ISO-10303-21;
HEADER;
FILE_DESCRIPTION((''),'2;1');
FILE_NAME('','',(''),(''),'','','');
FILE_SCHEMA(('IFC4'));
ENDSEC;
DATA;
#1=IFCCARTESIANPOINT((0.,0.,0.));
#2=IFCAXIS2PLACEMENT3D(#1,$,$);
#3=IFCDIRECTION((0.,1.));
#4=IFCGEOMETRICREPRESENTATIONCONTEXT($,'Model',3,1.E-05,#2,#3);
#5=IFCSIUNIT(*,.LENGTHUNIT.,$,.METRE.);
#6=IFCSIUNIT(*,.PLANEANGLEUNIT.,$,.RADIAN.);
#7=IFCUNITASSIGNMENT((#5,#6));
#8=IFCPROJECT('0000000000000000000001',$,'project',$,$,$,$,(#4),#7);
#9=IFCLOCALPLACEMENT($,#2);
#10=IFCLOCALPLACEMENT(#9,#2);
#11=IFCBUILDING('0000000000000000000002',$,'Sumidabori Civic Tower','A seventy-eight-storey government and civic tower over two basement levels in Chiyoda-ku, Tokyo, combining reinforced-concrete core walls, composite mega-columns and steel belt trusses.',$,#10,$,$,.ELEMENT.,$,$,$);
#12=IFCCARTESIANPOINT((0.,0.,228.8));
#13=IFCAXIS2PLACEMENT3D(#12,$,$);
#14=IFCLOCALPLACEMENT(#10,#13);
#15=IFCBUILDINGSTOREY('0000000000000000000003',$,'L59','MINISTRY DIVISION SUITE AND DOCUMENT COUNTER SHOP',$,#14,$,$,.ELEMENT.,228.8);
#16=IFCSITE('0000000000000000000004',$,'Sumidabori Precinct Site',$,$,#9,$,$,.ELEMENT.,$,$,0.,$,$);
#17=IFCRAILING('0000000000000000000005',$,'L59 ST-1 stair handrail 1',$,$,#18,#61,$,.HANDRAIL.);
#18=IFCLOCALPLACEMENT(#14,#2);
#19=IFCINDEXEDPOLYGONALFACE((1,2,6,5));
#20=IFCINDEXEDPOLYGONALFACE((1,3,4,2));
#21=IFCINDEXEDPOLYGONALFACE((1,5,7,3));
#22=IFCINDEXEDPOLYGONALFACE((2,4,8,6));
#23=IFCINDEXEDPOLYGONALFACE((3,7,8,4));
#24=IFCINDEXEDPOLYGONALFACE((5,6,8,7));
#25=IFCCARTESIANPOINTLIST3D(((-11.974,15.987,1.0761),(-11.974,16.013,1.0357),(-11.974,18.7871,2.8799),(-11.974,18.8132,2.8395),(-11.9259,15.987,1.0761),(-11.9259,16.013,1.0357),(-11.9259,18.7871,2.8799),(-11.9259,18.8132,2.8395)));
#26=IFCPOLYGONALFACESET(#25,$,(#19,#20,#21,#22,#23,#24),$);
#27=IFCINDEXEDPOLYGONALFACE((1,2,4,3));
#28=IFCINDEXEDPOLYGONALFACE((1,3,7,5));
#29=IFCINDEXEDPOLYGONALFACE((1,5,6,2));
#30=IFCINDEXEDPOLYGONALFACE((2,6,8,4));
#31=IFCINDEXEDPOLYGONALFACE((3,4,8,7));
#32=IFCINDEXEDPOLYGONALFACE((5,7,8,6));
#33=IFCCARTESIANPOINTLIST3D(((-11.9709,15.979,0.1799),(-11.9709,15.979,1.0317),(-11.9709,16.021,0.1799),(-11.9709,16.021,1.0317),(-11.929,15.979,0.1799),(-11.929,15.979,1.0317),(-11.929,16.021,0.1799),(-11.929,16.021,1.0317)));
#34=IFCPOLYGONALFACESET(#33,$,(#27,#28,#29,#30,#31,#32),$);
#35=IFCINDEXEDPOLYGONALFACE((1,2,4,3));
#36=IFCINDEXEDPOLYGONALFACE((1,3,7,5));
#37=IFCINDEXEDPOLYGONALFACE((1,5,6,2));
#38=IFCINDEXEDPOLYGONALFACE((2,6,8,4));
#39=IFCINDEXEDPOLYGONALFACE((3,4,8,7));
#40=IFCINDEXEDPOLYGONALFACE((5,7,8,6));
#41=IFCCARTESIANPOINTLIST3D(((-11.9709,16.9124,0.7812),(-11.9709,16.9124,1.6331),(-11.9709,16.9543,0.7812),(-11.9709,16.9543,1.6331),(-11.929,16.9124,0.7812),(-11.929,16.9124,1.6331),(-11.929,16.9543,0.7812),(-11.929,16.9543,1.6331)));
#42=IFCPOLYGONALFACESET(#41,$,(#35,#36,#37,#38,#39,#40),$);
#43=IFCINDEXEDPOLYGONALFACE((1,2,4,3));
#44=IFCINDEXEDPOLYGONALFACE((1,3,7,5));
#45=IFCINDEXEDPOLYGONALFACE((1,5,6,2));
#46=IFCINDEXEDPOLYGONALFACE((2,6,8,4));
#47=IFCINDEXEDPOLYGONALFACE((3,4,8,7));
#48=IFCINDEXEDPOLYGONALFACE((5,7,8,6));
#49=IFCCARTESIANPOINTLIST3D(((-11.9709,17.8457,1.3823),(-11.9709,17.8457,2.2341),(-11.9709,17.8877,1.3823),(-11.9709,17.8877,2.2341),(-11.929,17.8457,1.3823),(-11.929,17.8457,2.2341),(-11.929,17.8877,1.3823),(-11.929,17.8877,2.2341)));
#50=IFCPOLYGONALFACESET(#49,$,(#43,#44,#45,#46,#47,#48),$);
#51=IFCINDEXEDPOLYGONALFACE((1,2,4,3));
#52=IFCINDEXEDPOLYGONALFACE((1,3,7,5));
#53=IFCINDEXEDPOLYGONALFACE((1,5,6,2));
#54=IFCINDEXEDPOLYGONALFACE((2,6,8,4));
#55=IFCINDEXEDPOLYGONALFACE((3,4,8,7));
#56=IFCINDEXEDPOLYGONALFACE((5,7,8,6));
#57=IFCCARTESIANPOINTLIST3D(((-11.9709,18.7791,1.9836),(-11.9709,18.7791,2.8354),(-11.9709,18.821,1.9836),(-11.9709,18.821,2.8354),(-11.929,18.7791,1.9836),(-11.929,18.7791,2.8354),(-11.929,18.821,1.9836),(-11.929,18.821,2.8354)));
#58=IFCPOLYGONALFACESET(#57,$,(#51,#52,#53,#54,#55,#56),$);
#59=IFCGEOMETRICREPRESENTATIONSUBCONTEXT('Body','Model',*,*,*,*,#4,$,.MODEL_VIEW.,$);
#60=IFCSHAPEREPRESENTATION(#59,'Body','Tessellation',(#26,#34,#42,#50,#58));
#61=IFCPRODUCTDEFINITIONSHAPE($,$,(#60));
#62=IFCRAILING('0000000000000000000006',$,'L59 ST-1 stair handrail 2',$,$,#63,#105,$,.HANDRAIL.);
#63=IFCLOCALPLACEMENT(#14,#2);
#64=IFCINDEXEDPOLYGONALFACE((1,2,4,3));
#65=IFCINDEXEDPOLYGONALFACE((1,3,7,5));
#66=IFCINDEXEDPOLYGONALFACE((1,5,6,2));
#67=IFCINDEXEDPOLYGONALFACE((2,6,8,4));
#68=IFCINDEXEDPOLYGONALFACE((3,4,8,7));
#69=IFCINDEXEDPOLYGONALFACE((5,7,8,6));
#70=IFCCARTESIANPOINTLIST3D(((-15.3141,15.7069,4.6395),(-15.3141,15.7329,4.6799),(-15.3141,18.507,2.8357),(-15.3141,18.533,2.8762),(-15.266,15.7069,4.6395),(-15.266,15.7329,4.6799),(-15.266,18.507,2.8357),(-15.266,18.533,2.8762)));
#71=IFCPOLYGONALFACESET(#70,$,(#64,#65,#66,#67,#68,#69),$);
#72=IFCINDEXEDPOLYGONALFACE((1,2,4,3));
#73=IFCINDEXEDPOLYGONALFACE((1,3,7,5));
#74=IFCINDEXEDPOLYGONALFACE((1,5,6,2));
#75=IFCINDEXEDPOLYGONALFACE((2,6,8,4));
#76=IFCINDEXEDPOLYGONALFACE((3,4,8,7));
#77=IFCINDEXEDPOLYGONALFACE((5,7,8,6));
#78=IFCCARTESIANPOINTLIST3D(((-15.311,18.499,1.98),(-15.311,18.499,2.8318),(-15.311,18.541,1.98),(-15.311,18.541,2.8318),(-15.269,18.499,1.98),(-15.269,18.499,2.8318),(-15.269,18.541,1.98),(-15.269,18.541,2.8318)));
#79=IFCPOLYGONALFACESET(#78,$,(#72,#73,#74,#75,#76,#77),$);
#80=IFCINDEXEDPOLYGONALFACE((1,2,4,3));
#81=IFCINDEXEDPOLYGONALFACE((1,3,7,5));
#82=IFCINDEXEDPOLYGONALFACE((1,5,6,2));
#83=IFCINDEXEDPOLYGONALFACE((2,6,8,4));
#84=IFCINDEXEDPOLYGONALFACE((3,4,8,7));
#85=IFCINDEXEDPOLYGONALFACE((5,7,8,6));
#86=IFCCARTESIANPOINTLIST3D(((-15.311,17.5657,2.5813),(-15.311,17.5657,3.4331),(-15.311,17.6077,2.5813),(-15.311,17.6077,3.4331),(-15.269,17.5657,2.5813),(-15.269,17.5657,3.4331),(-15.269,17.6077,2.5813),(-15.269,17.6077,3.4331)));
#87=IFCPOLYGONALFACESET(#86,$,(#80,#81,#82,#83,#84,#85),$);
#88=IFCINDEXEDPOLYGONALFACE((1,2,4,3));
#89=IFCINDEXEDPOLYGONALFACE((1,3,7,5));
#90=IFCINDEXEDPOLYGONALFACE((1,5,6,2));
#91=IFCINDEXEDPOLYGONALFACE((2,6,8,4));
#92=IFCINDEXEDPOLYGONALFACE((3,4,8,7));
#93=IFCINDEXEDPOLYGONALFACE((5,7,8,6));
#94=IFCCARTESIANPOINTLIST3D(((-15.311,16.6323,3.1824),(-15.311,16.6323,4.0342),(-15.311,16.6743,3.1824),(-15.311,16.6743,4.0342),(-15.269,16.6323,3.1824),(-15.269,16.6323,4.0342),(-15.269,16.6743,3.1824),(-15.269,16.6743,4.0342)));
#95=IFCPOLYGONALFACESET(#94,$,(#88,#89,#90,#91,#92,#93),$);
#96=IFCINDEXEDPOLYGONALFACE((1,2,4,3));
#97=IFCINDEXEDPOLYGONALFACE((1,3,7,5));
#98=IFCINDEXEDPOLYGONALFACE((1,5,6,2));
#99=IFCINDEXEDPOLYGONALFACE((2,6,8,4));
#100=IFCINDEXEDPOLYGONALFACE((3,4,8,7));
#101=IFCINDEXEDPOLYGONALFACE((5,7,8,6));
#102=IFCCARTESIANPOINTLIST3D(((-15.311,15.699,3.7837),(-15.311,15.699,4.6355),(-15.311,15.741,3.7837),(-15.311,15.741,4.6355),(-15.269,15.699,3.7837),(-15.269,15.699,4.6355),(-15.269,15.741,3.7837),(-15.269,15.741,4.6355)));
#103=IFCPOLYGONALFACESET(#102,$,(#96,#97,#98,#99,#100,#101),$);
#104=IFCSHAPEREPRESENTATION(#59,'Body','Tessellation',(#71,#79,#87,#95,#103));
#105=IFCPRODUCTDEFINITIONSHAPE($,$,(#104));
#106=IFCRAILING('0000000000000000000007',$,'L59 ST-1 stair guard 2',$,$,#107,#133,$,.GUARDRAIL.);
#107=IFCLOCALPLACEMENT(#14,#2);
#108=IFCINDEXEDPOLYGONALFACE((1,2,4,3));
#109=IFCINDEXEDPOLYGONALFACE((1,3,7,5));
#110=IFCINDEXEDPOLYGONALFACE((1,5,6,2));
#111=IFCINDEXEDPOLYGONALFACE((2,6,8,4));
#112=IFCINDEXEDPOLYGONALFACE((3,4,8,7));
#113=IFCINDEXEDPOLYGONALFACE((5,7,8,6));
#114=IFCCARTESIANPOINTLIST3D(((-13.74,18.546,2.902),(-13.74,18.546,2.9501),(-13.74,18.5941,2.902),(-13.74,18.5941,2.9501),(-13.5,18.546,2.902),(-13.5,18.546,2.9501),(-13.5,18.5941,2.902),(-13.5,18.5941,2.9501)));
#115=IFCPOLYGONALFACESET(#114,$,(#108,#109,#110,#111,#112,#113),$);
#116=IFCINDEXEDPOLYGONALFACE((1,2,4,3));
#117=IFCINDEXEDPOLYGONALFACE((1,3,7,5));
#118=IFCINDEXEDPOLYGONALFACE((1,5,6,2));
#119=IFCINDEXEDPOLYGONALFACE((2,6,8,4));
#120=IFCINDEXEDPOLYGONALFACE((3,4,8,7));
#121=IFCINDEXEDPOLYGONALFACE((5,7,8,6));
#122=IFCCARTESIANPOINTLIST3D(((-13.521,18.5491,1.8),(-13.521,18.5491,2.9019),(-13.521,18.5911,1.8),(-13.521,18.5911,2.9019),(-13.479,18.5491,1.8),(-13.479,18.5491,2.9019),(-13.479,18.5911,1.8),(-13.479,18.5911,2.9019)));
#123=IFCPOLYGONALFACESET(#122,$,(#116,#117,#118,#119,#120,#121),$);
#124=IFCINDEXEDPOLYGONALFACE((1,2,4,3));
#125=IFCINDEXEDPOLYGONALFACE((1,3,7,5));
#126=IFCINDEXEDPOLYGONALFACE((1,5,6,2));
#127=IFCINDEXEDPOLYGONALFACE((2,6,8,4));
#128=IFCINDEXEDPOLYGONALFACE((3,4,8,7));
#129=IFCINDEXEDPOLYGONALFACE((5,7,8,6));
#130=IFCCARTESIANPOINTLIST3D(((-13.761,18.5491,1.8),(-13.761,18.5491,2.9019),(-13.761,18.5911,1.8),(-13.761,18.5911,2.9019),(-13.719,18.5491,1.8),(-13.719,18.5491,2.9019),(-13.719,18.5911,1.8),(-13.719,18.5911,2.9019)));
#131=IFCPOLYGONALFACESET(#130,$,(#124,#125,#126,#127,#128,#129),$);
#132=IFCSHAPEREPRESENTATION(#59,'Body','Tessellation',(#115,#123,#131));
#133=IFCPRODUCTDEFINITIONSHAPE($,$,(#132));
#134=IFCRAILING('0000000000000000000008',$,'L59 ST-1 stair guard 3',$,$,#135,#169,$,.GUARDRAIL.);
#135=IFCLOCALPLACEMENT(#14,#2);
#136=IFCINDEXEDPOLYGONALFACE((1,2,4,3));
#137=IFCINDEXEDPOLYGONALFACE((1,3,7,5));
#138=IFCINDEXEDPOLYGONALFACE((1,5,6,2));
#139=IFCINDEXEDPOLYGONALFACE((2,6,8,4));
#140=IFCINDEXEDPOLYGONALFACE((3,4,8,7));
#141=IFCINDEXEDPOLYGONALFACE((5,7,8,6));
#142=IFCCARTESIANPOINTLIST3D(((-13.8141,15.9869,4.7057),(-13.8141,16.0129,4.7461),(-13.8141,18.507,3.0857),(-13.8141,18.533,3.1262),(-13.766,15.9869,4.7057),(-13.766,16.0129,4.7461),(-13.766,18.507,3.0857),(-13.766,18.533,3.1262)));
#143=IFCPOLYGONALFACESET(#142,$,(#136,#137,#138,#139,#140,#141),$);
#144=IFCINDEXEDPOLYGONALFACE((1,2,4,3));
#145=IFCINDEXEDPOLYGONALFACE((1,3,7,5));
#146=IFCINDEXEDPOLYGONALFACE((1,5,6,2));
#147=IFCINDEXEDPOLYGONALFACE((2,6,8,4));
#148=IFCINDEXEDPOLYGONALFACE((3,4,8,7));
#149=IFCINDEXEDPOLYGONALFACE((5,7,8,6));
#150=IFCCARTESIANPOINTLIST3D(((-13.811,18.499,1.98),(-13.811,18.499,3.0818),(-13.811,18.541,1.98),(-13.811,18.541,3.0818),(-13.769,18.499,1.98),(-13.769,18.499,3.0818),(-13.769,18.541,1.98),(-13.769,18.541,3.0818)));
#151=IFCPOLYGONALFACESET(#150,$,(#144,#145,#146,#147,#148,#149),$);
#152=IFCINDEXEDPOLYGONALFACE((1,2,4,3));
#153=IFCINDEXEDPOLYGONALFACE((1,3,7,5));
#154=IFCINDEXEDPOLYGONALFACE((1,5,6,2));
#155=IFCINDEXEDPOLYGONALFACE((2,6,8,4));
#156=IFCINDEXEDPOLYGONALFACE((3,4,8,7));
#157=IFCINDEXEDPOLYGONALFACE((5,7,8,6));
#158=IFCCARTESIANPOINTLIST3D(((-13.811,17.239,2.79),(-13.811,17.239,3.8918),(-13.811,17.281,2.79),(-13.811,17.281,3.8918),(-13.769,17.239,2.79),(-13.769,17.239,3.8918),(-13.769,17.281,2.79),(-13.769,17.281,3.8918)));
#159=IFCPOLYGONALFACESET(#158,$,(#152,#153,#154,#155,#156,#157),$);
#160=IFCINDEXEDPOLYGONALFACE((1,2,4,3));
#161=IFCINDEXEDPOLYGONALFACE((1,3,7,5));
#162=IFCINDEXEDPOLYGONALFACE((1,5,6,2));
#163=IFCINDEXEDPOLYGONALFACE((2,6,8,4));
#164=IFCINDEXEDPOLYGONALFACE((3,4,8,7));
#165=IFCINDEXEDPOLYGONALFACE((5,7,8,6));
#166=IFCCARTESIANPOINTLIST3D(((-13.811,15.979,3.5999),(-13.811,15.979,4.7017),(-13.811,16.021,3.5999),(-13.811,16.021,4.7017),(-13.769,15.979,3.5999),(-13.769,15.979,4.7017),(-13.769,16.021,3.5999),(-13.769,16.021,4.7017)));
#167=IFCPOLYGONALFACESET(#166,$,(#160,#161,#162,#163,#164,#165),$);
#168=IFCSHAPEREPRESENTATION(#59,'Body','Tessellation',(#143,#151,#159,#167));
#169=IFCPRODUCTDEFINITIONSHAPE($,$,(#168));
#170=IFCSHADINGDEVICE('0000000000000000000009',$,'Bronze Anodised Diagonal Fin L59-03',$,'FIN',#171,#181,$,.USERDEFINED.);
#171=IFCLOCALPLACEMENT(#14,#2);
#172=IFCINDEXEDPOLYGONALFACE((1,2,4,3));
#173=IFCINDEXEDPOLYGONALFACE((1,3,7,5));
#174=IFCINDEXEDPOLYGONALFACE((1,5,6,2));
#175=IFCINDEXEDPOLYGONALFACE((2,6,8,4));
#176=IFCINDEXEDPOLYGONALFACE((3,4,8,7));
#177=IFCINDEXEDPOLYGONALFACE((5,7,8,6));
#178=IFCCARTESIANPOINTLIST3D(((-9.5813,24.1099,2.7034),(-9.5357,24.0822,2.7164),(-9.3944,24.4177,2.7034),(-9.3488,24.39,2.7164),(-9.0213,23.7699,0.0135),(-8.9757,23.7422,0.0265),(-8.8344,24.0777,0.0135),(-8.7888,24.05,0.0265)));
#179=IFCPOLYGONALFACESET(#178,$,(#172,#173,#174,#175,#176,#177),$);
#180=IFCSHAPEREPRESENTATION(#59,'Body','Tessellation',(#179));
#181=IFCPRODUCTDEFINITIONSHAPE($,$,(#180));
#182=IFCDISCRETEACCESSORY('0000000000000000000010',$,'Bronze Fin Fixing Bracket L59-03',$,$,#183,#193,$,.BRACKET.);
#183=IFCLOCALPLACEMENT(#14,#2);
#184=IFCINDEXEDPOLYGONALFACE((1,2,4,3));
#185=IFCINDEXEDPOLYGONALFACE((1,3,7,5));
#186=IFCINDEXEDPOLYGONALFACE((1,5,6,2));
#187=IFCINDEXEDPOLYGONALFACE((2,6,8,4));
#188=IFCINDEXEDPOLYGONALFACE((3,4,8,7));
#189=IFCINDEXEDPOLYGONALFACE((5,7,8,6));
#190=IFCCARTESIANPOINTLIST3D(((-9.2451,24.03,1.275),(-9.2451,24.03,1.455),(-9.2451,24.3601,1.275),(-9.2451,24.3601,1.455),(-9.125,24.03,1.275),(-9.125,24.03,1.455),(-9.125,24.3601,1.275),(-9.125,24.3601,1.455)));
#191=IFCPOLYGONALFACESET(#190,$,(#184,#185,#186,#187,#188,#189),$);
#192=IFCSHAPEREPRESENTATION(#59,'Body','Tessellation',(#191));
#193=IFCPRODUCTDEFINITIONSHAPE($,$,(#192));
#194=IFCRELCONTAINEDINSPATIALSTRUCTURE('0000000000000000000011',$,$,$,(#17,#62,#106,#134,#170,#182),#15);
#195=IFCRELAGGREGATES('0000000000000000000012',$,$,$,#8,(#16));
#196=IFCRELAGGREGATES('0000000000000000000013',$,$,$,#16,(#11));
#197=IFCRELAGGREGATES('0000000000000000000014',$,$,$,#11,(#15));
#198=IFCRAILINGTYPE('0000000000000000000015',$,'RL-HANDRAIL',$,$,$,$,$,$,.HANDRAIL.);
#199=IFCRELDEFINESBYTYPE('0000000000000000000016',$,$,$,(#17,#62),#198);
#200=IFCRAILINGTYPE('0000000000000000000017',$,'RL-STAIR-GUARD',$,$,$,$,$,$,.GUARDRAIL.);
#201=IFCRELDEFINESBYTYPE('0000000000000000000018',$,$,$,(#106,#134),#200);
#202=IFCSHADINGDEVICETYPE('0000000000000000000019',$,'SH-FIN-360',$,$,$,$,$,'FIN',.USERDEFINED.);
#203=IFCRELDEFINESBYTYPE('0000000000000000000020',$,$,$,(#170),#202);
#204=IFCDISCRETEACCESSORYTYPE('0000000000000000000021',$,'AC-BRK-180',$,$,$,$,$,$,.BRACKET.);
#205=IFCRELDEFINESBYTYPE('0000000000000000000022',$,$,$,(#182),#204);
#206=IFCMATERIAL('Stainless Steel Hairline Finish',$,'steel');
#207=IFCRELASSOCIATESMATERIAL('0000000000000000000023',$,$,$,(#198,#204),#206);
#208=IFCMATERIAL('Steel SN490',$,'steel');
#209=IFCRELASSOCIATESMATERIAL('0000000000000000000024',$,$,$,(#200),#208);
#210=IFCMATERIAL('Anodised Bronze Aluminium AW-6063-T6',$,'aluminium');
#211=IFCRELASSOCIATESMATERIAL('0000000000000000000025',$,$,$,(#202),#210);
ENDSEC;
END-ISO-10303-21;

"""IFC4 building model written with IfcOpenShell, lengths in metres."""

from ifc_helpers import new_model, si_unit, direction, frame, origin, origin_2d, place, context, subcontext, project, spatial, rectangle, extrude, source, transform, mapped, material, material_profile, profile_set, type_object, element, save


model = new_model("IFC4")

# Units and contexts
model_context = context("Model", 3, precision=1e-05, world=origin(), true_north=direction((0.0, 1.0)))
body_context = subcontext(model_context, "Body", "Model", "MODEL_VIEW")
ifc_project = project(units=[si_unit("LENGTHUNIT", "METRE"), si_unit("PLANEANGLEUNIT", "RADIAN")], contexts=[model_context])

# Site, building, storey
site_placement = place(None, origin())
site = spatial("IfcSite", under=ifc_project, at=site_placement, Name="Sumidabori Precinct Site", CompositionType="ELEMENT", RefElevation=0.0)
building_placement = place(site_placement, origin())
building = spatial("IfcBuilding", under=site, at=building_placement, Name="Sumidabori Civic Tower", Description="A seventy-eight-storey government and civic tower over two basement levels in Chiyoda-ku, Tokyo, combining reinforced-concrete core walls, composite mega-columns and steel belt trusses.", CompositionType="ELEMENT")
storey_placement = place(building_placement, frame((0.0, 0.0, 228.8)))
storey = spatial("IfcBuildingStorey", under=building, at=storey_placement, Name="L59", Description="MINISTRY DIVISION SUITE AND DOCUMENT COUNTER SHOP", CompositionType="ELEMENT", Elevation=228.8)

# Shared definitions
ifc_material_1 = material(Name="Steel SN490", Category="steel")

# Shared definitions
ifc_material_2 = material(Name="Anodised Bronze Aluminium AW-6063-T6", Category="aluminium")

# Railings
ifc_material_3 = material(Name="Stainless Steel Hairline Finish", Category="steel")
railing_type_1 = type_object("IfcRailingType", Name="RL-HANDRAIL", PredefinedType="HANDRAIL", material=ifc_material_3)
railing_1_placement = place(storey_placement, frame((-11.95, 16.0, 0.1799)))
element("IfcRailing", 1, at=railing_1_placement, inside=storey, type_object=railing_type_1, Name="L59 ST-1 stair handrail 1", PredefinedType="HANDRAIL", context=body_context, shape_type="SweptSolid", body=[
    extrude(rectangle(XDim=0.0481, YDim=0.0481, at=origin_2d()), frame((0.0, 0.0, 0.876), z_axis=(0.0, 0.840676, 0.541539), x_axis=(-1.0, 0.0, 0.0)), (0.0, 0.0, 1.0), 3.3308),
    extrude(rectangle(XDim=0.042, YDim=0.042, at=origin_2d()), origin(), (0.0, 0.0, 1.0), 0.8518),
    extrude(rectangle(XDim=0.042, YDim=0.042, at=origin_2d()), frame((0.0, 0.9333, 0.6013)), (0.0, 0.0, 1.0), 0.8518),
    extrude(rectangle(XDim=0.042, YDim=0.042, at=origin_2d()), frame((0.0, 1.8667, 1.2024)), (0.0, 0.0, 1.0), 0.8518),
    extrude(rectangle(XDim=0.042, YDim=0.042, at=origin_2d()), frame((0.0, 2.8, 1.8037)), (0.0, 0.0, 1.0), 0.8518),
])
railing_2_placement = place(storey_placement, frame((-15.29, 18.52, 1.98)))
element("IfcRailing", 2, at=railing_2_placement, inside=storey, type_object=railing_type_1, Name="L59 ST-1 stair handrail 2", PredefinedType="HANDRAIL", context=body_context, shape_type="SweptSolid", body=[
    extrude(rectangle(XDim=0.0481, YDim=0.0481, at=origin_2d()), frame((0.0, 0.0, 0.876), z_axis=(0.0, -0.840676, 0.541539), x_axis=(1.0, 0.0, 0.0)), (0.0, 0.0, 1.0), 3.3308),
    extrude(rectangle(XDim=0.042, YDim=0.042, at=origin_2d()), origin(), (0.0, 0.0, 1.0), 0.8518),
    extrude(rectangle(XDim=0.042, YDim=0.042, at=origin_2d()), frame((0.0, -0.9333, 0.6013)), (0.0, 0.0, 1.0), 0.8518),
    extrude(rectangle(XDim=0.042, YDim=0.042, at=origin_2d()), frame((0.0, -1.8667, 1.2024)), (0.0, 0.0, 1.0), 0.8518),
    extrude(rectangle(XDim=0.042, YDim=0.042, at=origin_2d()), frame((0.0, -2.8, 1.8037)), (0.0, 0.0, 1.0), 0.8518),
])
railing_type_2 = type_object("IfcRailingType", Name="RL-STAIR-GUARD", PredefinedType="GUARDRAIL", material=ifc_material_1)
railing_3_placement = place(storey_placement, frame((-13.5, 18.5701, 1.8)))
element("IfcRailing", 3, at=railing_3_placement, inside=storey, type_object=railing_type_2, Name="L59 ST-1 stair guard 2", PredefinedType="GUARDRAIL", context=body_context, shape_type="SweptSolid", body=[
    extrude(rectangle(XDim=0.0481, YDim=0.0481, at=origin_2d()), frame((0.0, 0.0, 1.126), z_axis=(-1.0, 0.0, 0.0), x_axis=(0.0, -1.0, 0.0)), (0.0, 0.0, 1.0), 0.24),
    extrude(rectangle(XDim=0.042, YDim=0.042, at=origin_2d()), origin(), (0.0, 0.0, 1.0), 1.1018),
    extrude(rectangle(XDim=0.042, YDim=0.042, at=origin_2d()), frame((-0.24, 0.0, 0.0)), (0.0, 0.0, 1.0), 1.1018),
])
railing_4_placement = place(storey_placement, frame((-13.79, 18.52, 1.98)))
element("IfcRailing", 4, at=railing_4_placement, inside=storey, type_object=railing_type_2, Name="L59 ST-1 stair guard 3", PredefinedType="GUARDRAIL", context=body_context, shape_type="SweptSolid", body=[
    extrude(rectangle(XDim=0.0481, YDim=0.0481, at=origin_2d()), frame((0.0, 0.0, 1.126), z_axis=(0.0, -0.8412, 0.540725), x_axis=(1.0, 0.0, 0.0)), (0.0, 0.0, 1.0), 2.9958),
    extrude(rectangle(XDim=0.042, YDim=0.042, at=origin_2d()), origin(), (0.0, 0.0, 1.0), 1.1018),
    extrude(rectangle(XDim=0.042, YDim=0.042, at=origin_2d()), frame((0.0, -1.26, 0.8101)), (0.0, 0.0, 1.0), 1.1018),
    extrude(rectangle(XDim=0.042, YDim=0.042, at=origin_2d()), frame((0.0, -2.52, 1.6199)), (0.0, 0.0, 1.0), 1.1018),
])

# Shading device
ifc_material_profile_1 = material_profile(ifc_material_2, rectangle(XDim=0.0549, YDim=0.3601, at=origin_2d()), Name="BRONZE FIN 360x55")
ifc_profile_set_1 = profile_set([ifc_material_profile_1], Name="Anodised Bronze Aluminium AW-6063-T6")
shading_device_type = type_object("IfcShadingDeviceType", Name="SH-FIN-360", ElementType="FIN", PredefinedType="USERDEFINED", material=ifc_profile_set_1)
shared_shape_1 = source(origin(), body_context, "Body", "SweptSolid", [
    extrude(rectangle(XDim=0.0549, YDim=0.3601, at=origin_2d()), origin(), (0.0, 0.0, 1.0), 2.7686),
])
shading_device_placement = place(storey_placement, frame((-8.905, 23.9099, 0.02), z_axis=(-0.20229, 0.122838, 0.971591), x_axis=(0.83047, -0.504291, 0.236665)))
element("IfcShadingDevice", 5, at=shading_device_placement, inside=storey, type_object=shading_device_type, Name="Bronze Anodised Diagonal Fin L59-03", ObjectType="FIN", PredefinedType="USERDEFINED", context=body_context, shape_type="MappedRepresentation", body=[
    mapped(shared_shape_1, transform((0.0, 0.0, 0.0), x_axis=(1.0, 0.0, 0.0), y_axis=(0.0, 1.0, 0.0), z_axis=(0.0, 0.0, 1.0), scale=1.0)),
])

# Discrete accessory
ifc_material_profile_2 = material_profile(ifc_material_3, rectangle(XDim=0.1201, YDim=0.1799, at=origin_2d()), Name="STEEL BRACKET 180x120")
ifc_profile_set_2 = profile_set([ifc_material_profile_2], Name="Stainless Steel Hairline Finish")
discrete_accessory_type = type_object("IfcDiscreteAccessoryType", Name="AC-BRK-180", PredefinedType="BRACKET", material=ifc_profile_set_2)
shared_shape_2 = source(origin(), body_context, "Body", "SweptSolid", [
    extrude(rectangle(XDim=0.1201, YDim=0.1799, at=origin_2d()), origin(), (0.0, 0.0, 1.0), 0.3301),
])
discrete_accessory_placement = place(storey_placement, frame((-9.1851, 24.03, 1.365), z_axis=(0.0, 1.0, 0.0), x_axis=(-1.0, 0.0, 0.0)))
element("IfcDiscreteAccessory", 6, at=discrete_accessory_placement, inside=storey, type_object=discrete_accessory_type, Name="Bronze Fin Fixing Bracket L59-03", PredefinedType="BRACKET", context=body_context, shape_type="MappedRepresentation", body=[
    mapped(shared_shape_2, transform((0.0, 0.0, 0.0), x_axis=(1.0, 0.0, 0.0), y_axis=(0.0, 1.0, 0.0), z_axis=(0.0, 0.0, 1.0), scale=1.0)),
])

save(model, "model.ifc")
